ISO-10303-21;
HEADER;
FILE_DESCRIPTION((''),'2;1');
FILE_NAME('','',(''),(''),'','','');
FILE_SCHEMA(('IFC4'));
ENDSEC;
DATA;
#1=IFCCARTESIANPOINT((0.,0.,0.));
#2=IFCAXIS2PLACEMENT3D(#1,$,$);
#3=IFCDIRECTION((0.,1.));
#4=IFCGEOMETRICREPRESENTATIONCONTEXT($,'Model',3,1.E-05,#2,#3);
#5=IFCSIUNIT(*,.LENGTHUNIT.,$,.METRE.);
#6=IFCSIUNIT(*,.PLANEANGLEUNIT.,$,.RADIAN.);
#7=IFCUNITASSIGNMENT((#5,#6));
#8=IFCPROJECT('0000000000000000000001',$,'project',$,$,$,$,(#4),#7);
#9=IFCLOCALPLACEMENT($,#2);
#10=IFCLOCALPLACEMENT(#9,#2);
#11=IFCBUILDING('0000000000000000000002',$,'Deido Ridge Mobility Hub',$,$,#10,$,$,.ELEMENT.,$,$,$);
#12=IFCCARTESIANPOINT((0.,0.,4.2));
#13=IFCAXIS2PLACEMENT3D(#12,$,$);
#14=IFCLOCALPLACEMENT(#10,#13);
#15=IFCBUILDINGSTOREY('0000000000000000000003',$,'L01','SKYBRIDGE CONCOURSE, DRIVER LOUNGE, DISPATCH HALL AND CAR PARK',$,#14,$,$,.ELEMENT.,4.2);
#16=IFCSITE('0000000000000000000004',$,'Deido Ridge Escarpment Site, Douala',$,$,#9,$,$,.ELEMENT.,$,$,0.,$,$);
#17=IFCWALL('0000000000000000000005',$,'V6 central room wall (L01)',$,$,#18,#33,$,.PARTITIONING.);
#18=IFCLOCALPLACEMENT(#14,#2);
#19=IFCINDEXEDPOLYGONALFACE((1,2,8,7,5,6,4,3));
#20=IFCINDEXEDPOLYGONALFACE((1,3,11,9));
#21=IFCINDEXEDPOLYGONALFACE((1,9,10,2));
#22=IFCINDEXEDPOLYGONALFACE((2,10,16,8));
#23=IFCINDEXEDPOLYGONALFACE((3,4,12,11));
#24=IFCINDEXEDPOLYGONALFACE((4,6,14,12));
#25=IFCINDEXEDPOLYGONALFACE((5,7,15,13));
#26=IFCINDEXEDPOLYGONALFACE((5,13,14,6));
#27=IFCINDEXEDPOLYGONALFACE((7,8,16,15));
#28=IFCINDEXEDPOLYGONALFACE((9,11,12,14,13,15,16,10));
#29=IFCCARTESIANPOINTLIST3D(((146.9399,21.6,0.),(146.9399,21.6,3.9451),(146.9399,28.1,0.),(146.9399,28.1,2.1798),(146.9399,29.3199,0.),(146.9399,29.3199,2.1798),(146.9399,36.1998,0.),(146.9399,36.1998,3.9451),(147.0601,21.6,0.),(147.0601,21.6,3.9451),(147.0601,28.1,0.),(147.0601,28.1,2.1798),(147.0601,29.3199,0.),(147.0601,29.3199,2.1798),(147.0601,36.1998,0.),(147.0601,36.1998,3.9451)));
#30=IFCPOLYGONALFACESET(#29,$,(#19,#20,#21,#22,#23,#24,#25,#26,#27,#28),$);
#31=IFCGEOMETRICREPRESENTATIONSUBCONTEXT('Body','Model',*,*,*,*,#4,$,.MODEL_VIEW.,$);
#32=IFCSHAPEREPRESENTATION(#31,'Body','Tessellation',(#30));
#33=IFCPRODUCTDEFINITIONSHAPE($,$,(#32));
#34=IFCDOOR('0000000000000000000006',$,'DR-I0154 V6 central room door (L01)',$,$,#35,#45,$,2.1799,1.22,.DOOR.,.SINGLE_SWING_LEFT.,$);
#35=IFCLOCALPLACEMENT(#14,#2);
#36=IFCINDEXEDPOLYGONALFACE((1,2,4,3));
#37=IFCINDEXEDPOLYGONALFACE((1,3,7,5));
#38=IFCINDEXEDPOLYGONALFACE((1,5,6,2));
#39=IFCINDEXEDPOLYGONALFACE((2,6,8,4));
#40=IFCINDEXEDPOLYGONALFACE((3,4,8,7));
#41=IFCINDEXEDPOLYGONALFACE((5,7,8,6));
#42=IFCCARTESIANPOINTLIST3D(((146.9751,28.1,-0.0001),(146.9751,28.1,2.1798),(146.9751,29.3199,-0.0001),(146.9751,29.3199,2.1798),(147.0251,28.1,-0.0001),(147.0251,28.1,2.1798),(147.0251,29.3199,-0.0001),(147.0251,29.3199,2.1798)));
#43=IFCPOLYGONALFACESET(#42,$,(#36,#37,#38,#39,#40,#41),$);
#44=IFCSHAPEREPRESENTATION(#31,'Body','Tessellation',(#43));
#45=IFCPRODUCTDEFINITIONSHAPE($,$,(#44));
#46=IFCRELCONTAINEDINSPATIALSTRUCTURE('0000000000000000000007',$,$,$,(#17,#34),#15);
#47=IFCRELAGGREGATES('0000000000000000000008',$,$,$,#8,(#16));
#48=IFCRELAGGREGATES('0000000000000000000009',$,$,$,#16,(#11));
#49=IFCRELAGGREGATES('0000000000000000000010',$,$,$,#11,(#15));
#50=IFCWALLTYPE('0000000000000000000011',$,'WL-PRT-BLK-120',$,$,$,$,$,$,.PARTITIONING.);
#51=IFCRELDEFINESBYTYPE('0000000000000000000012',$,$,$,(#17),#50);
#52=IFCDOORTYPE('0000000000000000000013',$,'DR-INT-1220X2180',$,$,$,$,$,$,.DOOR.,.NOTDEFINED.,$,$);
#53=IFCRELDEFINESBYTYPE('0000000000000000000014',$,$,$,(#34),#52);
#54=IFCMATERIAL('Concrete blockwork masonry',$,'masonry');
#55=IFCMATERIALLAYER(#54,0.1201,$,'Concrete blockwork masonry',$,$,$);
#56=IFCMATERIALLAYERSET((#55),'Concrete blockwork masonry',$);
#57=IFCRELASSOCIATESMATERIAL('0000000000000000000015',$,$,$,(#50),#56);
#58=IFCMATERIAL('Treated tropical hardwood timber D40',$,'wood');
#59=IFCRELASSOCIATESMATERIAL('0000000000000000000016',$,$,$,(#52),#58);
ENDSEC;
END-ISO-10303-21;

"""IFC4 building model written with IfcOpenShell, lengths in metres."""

from ifc_helpers import new_model, si_unit, direction, frame, frame_2d, origin, place, context, subcontext, project, spatial, rectangle, extrude, material, layer, layer_set, type_object, element, fill, save


model = new_model("IFC4")

# Units and contexts
model_context = context("Model", 3, precision=1e-05, world=origin(), true_north=direction((0.0, 1.0)))
body_context = subcontext(model_context, "Body", "Model", "MODEL_VIEW")
ifc_project = project(units=[si_unit("LENGTHUNIT", "METRE"), si_unit("PLANEANGLEUNIT", "RADIAN")], contexts=[model_context])

# Site, building, storey
site_placement = place(None, origin())
site = spatial("IfcSite", under=ifc_project, at=site_placement, Name="Deido Ridge Escarpment Site, Douala", CompositionType="ELEMENT", RefElevation=0.0)
building_placement = place(site_placement, origin())
building = spatial("IfcBuilding", under=site, at=building_placement, Name="Deido Ridge Mobility Hub", CompositionType="ELEMENT")
storey_placement = place(building_placement, frame((0.0, 0.0, 4.2)))
storey = spatial("IfcBuildingStorey", under=building, at=storey_placement, Name="L01", Description="SKYBRIDGE CONCOURSE, DRIVER LOUNGE, DISPATCH HALL AND CAR PARK", CompositionType="ELEMENT", Elevation=4.2)

# Wall, opening, door
ifc_material_1 = material(Name="Concrete blockwork masonry", Category="masonry")
ifc_layer_1 = layer(ifc_material_1, 0.1201, Name="Concrete blockwork masonry")
ifc_layer_set_1 = layer_set([ifc_layer_1], Name="Concrete blockwork masonry")
wall_type = type_object("IfcWallType", Name="WL-PRT-BLK-120", PredefinedType="PARTITIONING", material=ifc_layer_set_1)
wall_placement = place(storey_placement, frame((147.0, 21.6001, 0.0), z_axis=(0.0, 0.0, 1.0), x_axis=(0.0, 1.0, 0.0)))
wall = element("IfcWall", 1, at=wall_placement, inside=storey, type_object=wall_type, Name="V6 central room wall (L01)", PredefinedType="PARTITIONING", context=body_context, shape_type="SweptSolid", body=[
    extrude(rectangle(XDim=14.5999, YDim=0.1201, at=frame_2d((7.2998, 0.0))), origin(), (0.0, 0.0, 1.0), 3.9451),
])
opening_placement = place(wall_placement, frame((6.5, 0.0, 0.0)))
opening = element("IfcOpeningElement", 2, at=opening_placement, cuts=wall, PredefinedType="OPENING", context=body_context, shape_type="SweptSolid", body=[
    extrude(rectangle(XDim=1.22, YDim=2.1799, at=frame_2d((0.6099, 1.0898))), frame((0.0, 0.0701, 0.0), z_axis=(0.0, -1.0, 0.0), x_axis=(1.0, 0.0, 0.0)), (0.0, 0.0, 1.0), 0.1401),
])
ifc_material_2 = material(Name="Treated tropical hardwood timber D40", Category="wood")
door_type = type_object("IfcDoorType", Name="DR-INT-1220X2180", OperationType="NOTDEFINED", PredefinedType="DOOR", material=ifc_material_2)
door_placement = place(opening_placement, origin())
door = element("IfcDoor", 3, at=door_placement, inside=storey, type_object=door_type, Name="DR-I0154 V6 central room door (L01)", OperationType="SINGLE_SWING_LEFT", OverallHeight=2.1799, OverallWidth=1.22, PredefinedType="DOOR", context=body_context, shape_type="SweptSolid", body=[
    extrude(rectangle(XDim=1.22, YDim=2.1799, at=frame_2d((0.6099, 1.0898))), frame((0.0, 0.0249, 0.0), z_axis=(0.0, -1.0, 0.0), x_axis=(1.0, 0.0, 0.0)), (0.0, 0.0, 1.0), 0.05),
])
fill(opening, door)

save(model, "model.ifc")
